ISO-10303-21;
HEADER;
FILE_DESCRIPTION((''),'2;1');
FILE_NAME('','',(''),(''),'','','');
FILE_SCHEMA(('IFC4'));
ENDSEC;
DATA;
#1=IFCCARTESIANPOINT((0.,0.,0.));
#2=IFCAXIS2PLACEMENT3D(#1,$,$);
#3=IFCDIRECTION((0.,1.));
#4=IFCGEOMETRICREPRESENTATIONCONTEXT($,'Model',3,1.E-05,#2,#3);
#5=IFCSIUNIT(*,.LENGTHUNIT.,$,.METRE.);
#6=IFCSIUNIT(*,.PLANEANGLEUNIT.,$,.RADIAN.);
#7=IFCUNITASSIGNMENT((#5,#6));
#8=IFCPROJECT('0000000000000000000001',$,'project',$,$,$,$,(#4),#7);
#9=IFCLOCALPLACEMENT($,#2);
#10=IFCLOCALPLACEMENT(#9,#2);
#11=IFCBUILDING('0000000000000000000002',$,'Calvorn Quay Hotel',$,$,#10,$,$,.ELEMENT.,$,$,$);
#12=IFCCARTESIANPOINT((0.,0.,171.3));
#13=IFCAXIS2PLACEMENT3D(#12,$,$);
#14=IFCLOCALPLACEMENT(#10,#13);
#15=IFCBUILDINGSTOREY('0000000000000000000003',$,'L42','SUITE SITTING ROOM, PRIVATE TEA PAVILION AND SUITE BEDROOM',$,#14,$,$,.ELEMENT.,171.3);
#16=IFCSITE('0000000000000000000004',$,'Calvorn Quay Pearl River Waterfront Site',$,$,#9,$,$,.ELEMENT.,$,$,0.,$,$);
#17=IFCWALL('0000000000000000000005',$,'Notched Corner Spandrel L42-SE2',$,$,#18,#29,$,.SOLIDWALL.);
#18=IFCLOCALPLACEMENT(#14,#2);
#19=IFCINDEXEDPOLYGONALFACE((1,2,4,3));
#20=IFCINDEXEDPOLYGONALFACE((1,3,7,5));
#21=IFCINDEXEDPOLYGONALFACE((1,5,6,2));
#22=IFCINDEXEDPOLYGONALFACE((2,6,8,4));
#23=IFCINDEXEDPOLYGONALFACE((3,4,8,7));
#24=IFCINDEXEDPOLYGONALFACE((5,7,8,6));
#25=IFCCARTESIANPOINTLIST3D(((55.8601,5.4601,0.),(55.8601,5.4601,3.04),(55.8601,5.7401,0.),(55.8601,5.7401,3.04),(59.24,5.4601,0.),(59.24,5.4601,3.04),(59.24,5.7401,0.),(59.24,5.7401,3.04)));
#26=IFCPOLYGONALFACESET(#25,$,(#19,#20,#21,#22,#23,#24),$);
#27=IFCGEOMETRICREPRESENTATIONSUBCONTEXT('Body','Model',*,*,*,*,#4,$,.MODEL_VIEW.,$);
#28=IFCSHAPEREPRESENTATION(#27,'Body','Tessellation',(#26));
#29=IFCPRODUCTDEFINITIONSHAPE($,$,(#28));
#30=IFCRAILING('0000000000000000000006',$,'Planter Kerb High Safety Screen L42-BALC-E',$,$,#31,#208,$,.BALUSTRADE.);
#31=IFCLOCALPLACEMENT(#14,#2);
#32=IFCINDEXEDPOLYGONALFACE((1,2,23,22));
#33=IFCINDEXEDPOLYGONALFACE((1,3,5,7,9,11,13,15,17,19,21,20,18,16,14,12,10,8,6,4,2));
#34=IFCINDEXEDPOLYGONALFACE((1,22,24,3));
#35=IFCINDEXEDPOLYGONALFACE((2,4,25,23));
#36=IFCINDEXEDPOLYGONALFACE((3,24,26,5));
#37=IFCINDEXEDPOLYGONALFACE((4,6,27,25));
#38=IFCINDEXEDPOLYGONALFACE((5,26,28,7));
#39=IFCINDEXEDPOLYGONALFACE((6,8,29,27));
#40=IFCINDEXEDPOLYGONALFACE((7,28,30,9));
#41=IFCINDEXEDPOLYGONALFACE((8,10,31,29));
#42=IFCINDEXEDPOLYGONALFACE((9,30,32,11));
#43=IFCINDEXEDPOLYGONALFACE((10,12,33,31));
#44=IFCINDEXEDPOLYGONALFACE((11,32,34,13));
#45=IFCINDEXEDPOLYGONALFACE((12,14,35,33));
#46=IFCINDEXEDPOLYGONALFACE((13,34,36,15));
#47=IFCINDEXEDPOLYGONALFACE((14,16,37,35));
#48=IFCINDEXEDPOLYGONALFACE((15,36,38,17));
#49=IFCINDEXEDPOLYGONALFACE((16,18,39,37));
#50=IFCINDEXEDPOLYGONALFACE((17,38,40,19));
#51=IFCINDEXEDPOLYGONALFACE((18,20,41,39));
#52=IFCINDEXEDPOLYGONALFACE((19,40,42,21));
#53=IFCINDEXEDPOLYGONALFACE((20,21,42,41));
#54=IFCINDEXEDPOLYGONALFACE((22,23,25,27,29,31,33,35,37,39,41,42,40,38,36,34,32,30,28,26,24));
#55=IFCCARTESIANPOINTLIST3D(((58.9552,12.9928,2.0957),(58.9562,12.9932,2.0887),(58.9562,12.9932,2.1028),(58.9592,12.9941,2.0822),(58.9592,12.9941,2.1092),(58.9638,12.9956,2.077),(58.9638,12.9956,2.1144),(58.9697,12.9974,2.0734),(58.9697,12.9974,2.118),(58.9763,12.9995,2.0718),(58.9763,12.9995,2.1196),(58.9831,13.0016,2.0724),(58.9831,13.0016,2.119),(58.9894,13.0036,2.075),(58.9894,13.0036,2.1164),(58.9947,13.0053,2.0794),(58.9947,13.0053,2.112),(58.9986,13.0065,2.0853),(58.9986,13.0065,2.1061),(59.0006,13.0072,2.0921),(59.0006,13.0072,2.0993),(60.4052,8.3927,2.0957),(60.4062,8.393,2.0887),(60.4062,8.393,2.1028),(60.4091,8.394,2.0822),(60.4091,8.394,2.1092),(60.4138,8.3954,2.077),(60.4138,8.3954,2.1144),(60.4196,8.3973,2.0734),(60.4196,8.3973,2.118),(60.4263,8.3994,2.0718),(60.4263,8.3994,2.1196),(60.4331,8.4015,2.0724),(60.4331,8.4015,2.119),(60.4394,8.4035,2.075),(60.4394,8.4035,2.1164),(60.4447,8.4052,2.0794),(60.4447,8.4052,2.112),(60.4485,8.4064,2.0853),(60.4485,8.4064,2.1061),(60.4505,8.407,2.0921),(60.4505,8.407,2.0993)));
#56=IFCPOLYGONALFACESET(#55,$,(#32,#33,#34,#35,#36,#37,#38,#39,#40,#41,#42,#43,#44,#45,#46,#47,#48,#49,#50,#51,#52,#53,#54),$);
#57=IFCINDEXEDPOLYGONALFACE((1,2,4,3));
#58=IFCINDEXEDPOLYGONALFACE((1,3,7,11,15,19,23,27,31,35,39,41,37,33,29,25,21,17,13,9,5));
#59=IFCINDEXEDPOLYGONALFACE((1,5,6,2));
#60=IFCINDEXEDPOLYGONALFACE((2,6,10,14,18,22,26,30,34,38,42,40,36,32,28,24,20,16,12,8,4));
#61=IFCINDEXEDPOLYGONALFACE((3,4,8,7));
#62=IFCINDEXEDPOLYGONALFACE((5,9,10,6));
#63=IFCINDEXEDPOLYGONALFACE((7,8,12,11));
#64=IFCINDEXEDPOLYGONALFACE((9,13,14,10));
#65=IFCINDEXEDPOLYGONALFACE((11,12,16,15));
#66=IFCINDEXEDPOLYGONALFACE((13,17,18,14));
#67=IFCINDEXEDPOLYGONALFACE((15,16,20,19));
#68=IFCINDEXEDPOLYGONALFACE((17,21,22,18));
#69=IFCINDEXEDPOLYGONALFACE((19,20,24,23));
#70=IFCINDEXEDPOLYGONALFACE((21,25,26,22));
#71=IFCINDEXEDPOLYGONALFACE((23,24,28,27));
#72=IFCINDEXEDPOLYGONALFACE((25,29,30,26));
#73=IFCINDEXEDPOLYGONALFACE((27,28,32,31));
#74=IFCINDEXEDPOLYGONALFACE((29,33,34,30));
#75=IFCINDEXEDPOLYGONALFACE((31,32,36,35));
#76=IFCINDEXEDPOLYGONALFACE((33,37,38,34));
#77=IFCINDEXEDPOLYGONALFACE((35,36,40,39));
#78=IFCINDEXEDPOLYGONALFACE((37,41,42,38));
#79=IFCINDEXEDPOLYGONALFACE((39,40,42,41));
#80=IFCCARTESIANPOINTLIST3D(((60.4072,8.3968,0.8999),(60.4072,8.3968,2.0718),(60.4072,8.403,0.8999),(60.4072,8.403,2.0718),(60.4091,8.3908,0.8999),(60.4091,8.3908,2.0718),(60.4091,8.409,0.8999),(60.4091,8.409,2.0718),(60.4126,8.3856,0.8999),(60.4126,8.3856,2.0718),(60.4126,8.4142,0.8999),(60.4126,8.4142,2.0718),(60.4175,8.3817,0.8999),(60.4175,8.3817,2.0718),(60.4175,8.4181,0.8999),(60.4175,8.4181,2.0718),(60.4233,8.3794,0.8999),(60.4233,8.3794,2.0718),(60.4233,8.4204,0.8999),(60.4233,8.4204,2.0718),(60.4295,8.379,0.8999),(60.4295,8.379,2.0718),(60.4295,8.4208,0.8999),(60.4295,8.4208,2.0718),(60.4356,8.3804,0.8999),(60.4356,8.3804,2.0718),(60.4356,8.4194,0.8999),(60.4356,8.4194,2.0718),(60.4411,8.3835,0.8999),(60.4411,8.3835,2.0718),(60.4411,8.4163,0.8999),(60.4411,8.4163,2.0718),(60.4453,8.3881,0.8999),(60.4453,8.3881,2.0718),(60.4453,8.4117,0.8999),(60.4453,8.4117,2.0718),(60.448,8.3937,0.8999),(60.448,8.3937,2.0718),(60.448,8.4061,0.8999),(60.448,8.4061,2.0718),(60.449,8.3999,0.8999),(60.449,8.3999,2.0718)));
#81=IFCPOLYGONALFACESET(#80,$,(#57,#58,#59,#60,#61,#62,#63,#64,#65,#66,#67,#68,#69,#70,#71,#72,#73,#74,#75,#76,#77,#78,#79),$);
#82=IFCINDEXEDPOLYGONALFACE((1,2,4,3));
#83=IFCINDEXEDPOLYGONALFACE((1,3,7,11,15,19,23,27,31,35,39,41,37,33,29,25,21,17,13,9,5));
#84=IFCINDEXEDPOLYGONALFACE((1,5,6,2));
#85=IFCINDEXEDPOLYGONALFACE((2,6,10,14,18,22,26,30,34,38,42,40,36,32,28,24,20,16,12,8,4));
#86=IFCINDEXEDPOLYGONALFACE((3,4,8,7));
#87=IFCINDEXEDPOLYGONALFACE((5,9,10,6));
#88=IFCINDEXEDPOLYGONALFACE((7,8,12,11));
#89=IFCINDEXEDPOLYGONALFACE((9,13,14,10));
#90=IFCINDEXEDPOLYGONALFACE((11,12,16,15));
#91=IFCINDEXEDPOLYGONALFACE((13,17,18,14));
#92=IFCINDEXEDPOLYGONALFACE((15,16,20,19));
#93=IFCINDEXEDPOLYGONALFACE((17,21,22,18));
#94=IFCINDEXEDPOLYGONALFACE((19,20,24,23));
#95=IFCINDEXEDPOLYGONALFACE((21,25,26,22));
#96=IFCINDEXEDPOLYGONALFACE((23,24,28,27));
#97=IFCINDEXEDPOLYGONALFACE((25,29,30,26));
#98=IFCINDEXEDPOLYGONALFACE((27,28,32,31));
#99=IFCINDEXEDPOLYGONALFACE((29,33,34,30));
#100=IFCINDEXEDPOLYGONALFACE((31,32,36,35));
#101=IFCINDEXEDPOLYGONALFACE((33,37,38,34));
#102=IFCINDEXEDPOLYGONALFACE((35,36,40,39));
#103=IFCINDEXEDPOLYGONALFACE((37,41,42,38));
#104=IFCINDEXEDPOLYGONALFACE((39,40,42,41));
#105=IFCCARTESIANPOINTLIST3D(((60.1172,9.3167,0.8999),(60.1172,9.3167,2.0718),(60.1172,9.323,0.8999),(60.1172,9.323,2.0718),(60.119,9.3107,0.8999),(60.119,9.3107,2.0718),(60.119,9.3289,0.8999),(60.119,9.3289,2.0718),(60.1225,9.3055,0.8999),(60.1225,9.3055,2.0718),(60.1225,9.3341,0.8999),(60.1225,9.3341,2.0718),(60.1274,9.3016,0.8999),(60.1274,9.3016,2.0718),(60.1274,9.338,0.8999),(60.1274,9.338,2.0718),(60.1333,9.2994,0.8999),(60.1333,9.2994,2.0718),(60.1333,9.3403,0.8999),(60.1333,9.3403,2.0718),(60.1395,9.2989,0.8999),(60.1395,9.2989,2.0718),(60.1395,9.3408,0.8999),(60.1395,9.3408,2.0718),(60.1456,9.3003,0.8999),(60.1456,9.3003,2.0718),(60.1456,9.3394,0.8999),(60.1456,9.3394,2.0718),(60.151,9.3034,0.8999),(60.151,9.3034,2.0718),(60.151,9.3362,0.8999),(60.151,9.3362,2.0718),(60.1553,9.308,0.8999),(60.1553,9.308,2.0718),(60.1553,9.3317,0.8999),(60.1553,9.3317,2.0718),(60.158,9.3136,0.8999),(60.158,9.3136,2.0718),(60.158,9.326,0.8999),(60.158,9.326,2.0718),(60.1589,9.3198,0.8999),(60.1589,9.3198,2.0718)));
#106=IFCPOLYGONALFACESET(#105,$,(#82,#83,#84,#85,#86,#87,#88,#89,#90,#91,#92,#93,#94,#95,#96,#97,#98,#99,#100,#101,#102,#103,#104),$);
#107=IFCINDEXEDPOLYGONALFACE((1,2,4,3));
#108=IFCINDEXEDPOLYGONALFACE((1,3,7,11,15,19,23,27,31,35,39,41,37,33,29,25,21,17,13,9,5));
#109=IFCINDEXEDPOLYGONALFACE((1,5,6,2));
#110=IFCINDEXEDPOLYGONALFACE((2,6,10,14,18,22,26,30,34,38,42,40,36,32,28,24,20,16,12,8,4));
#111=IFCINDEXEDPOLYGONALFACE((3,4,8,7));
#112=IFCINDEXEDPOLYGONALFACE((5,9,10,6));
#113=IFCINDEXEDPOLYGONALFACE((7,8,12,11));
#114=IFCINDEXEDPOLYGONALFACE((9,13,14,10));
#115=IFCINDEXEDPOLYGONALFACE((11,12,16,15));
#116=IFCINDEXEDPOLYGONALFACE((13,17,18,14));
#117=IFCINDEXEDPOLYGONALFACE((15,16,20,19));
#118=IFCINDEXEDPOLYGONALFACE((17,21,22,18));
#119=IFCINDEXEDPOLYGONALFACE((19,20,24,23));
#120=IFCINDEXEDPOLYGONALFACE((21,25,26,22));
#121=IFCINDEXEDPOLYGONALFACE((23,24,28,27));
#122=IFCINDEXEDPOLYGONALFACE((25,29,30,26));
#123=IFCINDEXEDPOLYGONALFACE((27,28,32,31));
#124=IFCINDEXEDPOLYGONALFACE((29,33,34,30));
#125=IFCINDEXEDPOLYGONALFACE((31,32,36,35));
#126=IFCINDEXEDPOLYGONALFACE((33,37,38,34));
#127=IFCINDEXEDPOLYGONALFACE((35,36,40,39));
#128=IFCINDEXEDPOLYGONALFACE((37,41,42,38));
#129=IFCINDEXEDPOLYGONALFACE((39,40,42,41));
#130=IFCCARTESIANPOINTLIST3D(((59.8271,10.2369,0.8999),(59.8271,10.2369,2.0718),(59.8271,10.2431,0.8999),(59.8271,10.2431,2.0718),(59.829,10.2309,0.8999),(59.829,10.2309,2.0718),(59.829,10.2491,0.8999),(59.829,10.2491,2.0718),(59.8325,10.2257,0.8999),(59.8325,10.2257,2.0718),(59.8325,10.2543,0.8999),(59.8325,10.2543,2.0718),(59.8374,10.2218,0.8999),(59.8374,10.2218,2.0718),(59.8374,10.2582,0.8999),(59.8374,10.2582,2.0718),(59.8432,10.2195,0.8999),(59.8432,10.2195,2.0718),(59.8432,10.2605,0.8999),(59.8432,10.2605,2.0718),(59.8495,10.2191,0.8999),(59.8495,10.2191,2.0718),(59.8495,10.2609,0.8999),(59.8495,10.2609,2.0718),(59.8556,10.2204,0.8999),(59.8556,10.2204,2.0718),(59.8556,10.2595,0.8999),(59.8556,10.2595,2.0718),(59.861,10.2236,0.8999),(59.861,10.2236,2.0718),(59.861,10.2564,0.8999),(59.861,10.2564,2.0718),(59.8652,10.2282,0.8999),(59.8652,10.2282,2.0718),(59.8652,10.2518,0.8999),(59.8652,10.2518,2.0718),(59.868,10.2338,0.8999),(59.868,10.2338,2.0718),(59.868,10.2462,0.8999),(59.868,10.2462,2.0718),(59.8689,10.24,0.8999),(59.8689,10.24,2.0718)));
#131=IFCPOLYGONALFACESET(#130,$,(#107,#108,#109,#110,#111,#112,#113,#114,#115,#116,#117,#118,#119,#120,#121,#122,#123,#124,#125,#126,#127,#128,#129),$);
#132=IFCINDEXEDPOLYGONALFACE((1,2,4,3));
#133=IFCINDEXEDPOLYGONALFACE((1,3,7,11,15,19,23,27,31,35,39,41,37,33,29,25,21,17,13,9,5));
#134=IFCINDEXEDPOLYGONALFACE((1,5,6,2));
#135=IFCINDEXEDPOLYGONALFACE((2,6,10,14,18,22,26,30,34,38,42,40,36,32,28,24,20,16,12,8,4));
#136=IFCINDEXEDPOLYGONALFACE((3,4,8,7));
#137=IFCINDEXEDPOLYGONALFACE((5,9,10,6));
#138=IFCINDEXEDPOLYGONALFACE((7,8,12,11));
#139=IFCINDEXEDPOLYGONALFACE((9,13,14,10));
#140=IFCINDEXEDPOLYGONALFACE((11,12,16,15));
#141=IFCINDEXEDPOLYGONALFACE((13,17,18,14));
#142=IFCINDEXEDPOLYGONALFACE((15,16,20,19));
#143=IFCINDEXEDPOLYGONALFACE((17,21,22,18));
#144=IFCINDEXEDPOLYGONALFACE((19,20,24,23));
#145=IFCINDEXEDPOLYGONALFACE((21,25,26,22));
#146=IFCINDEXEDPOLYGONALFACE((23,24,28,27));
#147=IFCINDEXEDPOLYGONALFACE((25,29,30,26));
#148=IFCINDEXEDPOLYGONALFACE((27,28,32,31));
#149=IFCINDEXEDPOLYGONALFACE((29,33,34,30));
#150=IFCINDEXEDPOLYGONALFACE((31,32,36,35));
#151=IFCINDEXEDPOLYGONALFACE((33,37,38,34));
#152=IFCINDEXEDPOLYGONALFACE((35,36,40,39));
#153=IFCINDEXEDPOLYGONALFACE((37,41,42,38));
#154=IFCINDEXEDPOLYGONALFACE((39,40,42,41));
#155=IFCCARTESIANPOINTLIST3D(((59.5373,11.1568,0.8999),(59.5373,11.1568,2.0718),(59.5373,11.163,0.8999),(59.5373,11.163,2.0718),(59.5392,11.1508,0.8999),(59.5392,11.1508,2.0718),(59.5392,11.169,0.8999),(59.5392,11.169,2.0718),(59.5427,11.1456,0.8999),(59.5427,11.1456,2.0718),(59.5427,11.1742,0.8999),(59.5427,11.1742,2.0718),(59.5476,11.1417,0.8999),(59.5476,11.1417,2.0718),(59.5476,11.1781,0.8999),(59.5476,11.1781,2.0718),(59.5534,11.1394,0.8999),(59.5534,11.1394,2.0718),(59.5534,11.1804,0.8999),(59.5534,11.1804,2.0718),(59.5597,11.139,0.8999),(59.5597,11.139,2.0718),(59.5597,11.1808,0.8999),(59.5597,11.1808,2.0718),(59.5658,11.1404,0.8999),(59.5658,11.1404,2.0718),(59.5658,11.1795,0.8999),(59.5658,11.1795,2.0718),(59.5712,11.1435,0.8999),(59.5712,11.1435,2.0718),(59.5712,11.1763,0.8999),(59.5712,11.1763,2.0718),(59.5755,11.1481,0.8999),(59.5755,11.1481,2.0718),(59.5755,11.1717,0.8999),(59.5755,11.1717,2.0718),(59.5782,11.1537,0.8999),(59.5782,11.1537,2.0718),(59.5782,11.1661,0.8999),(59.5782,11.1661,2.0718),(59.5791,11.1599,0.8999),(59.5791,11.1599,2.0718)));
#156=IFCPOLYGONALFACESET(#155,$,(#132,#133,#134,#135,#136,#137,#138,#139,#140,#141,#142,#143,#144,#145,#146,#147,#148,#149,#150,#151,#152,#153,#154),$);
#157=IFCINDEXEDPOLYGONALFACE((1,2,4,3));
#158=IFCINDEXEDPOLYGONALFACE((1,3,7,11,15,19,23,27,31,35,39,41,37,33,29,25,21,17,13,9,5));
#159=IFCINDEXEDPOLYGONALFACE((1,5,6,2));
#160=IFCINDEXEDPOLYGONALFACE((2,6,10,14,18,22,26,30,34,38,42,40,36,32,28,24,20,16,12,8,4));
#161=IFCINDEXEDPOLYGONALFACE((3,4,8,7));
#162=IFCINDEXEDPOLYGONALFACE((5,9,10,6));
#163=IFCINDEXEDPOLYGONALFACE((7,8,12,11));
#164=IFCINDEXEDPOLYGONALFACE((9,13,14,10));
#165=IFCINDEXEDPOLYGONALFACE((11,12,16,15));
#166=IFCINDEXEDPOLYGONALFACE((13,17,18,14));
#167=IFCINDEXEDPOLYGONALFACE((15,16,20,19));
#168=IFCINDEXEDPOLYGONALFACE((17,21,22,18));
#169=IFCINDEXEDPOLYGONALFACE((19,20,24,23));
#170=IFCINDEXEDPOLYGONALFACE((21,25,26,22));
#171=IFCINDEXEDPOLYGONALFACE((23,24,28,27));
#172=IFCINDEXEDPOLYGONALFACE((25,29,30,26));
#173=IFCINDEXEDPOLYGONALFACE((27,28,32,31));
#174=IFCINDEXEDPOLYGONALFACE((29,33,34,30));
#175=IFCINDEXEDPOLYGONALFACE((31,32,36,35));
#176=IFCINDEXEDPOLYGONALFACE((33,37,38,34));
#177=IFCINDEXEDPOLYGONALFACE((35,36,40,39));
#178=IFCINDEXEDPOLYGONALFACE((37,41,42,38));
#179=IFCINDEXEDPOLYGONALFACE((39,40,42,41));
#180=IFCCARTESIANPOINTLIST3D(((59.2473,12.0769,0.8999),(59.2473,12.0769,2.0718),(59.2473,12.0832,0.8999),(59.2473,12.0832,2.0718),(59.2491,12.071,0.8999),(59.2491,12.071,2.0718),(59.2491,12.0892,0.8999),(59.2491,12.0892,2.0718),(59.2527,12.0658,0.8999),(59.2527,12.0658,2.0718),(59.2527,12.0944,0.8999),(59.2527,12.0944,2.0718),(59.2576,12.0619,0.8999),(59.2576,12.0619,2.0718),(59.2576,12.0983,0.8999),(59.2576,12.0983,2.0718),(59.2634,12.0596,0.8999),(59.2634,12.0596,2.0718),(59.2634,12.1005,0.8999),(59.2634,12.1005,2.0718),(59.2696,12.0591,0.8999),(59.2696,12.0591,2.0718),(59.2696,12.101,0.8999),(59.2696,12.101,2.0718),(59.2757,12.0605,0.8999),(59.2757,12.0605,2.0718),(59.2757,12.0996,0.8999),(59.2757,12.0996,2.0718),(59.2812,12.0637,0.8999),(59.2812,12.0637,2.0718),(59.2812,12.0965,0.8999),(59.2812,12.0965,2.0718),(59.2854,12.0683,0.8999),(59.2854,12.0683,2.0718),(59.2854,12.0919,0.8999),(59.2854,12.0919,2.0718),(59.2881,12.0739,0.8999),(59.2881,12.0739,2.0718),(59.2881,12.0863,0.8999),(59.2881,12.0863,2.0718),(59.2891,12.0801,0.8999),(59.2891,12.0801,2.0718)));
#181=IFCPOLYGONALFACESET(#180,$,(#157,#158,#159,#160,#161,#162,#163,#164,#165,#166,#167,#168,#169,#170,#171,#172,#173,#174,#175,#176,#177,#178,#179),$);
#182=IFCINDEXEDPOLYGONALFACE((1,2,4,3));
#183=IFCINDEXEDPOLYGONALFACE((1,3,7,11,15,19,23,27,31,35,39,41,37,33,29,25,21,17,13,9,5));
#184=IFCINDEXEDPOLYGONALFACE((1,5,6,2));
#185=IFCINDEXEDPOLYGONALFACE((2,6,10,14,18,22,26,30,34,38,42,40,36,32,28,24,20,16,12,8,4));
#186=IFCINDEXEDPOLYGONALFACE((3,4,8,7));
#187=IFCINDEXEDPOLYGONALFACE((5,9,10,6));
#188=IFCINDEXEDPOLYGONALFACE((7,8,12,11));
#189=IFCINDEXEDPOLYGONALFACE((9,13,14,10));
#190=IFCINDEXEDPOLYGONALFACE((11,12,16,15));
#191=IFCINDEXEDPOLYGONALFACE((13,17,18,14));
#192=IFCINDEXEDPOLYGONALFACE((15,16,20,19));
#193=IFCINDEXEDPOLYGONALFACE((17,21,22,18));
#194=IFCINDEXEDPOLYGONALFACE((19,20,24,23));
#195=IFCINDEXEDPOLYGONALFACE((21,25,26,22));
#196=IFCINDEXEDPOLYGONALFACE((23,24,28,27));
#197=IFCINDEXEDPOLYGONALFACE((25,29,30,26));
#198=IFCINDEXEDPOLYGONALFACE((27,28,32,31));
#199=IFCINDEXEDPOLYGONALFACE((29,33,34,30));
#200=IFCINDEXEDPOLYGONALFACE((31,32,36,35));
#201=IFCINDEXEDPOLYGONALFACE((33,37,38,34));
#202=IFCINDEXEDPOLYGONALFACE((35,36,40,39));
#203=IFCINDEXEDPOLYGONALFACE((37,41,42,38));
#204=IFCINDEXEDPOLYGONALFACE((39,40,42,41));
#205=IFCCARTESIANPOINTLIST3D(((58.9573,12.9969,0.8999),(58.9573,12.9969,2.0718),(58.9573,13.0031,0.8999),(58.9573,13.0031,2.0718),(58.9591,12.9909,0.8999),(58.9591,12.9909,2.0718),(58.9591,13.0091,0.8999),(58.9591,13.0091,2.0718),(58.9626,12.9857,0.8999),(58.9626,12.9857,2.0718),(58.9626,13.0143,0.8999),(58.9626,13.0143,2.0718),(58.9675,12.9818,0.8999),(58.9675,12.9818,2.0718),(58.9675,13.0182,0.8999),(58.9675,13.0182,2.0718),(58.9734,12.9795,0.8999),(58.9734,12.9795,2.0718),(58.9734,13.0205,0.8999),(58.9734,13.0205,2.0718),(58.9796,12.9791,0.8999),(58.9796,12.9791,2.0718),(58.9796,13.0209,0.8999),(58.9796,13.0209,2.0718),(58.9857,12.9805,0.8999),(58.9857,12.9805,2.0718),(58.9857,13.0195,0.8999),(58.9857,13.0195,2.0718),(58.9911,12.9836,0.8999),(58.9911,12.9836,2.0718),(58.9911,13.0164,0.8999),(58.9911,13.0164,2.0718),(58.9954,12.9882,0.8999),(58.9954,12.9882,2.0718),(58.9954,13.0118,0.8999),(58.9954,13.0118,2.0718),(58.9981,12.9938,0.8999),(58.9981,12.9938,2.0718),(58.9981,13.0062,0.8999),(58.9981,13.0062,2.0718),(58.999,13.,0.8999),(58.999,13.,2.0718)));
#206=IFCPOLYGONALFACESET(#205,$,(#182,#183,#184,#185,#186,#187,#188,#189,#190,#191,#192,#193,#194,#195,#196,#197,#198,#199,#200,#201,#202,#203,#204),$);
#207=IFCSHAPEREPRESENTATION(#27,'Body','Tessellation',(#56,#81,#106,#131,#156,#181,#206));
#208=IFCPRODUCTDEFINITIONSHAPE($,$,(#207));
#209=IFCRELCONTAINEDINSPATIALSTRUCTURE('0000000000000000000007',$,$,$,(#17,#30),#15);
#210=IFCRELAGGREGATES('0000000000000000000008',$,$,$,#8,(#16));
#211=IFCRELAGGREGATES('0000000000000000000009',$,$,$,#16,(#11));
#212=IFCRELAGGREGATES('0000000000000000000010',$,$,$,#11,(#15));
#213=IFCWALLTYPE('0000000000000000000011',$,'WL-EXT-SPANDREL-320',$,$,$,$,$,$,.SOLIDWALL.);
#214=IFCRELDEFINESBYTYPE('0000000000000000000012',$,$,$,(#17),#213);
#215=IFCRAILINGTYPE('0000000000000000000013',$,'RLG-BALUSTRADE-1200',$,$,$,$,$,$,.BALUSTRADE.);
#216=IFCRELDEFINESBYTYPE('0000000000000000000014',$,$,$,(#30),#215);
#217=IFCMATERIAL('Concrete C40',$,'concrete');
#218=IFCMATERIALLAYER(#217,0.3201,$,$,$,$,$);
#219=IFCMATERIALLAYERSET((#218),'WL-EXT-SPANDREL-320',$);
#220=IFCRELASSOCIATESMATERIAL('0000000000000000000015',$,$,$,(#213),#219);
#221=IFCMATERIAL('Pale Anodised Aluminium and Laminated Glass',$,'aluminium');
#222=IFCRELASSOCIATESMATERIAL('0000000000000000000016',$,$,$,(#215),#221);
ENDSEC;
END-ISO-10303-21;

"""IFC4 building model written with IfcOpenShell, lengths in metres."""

from ifc_helpers import new_model, si_unit, direction, frame, frame_2d, origin, origin_2d, place, context, subcontext, project, spatial, rectangle, circle, extrude, material, layer, layer_set, type_object, element, save


model = new_model("IFC4")

# Units and contexts
model_context = context("Model", 3, precision=1e-05, world=origin(), true_north=direction((0.0, 1.0)))
body_context = subcontext(model_context, "Body", "Model", "MODEL_VIEW")
ifc_project = project(units=[si_unit("LENGTHUNIT", "METRE"), si_unit("PLANEANGLEUNIT", "RADIAN")], contexts=[model_context])

# Site, building, storey
site_placement = place(None, origin())
site = spatial("IfcSite", under=ifc_project, at=site_placement, Name="Calvorn Quay Pearl River Waterfront Site", CompositionType="ELEMENT", RefElevation=0.0)
building_placement = place(site_placement, origin())
building = spatial("IfcBuilding", under=site, at=building_placement, Name="Calvorn Quay Hotel", CompositionType="ELEMENT")
storey_placement = place(building_placement, frame((0.0, 0.0, 171.3)))
storey = spatial("IfcBuildingStorey", under=building, at=storey_placement, Name="L42", Description="SUITE SITTING ROOM, PRIVATE TEA PAVILION AND SUITE BEDROOM", CompositionType="ELEMENT", Elevation=171.3)

# Wall
ifc_material_1 = material(Name="Concrete C40", Category="concrete")
ifc_layer_1 = layer(ifc_material_1, 0.3201)
ifc_layer_set_1 = layer_set([ifc_layer_1], Name="WL-EXT-SPANDREL-320")
wall_type_1 = type_object("IfcWallType", Name="WL-EXT-SPANDREL-320", PredefinedType="SOLIDWALL", material=ifc_layer_set_1)
wall_1_placement = place(storey_placement, frame((55.8601, 5.6001, 0.0), z_axis=(0.0, 0.0, 1.0), x_axis=(1.0, 0.0, 0.0)))
element("IfcWall", 1, at=wall_1_placement, inside=storey, type_object=wall_type_1, Name="Notched Corner Spandrel L42-SE2", PredefinedType="SOLIDWALL", context=body_context, shape_type="SweptSolid", body=[
    extrude(rectangle(XDim=3.3799, YDim=0.28, at=frame_2d((1.6899, 0.0))), origin(), (0.0, 0.0, 1.0), 3.04),
])

# Railing
ifc_material_2 = material(Name="Pale Anodised Aluminium and Laminated Glass", Category="aluminium")
railing_type = type_object("IfcRailingType", Name="RLG-BALUSTRADE-1200", PredefinedType="BALUSTRADE", material=ifc_material_2)
railing_1_placement = place(storey_placement, frame((60.428, 8.3999, 0.8999)))
element("IfcRailing", 2, at=railing_1_placement, inside=storey, type_object=railing_type, Name="Planter Kerb High Safety Screen L42-BALC-E", PredefinedType="BALUSTRADE", context=body_context, shape_type="SweptSolid", body=[
    extrude(circle(Radius=0.0239, at=origin_2d()), frame((0.0, 0.0, 1.1958), z_axis=(-0.30062, 0.953744, 0.0), x_axis=(-0.953744, -0.30062, 0.0)), (0.0, 0.0, 1.0), 4.8232),
    extrude(circle(Radius=0.021, at=origin_2d()), origin(), (0.0, 0.0, 1.0), 1.1719),
    extrude(circle(Radius=0.021, at=origin_2d()), frame((-0.29, 0.9199, 0.0)), (0.0, 0.0, 1.0), 1.1719),
    extrude(circle(Radius=0.021, at=origin_2d()), frame((-0.5801, 1.8401, 0.0)), (0.0, 0.0, 1.0), 1.1719),
    extrude(circle(Radius=0.021, at=origin_2d()), frame((-0.8699, 2.76, 0.0)), (0.0, 0.0, 1.0), 1.1719),
    extrude(circle(Radius=0.021, at=origin_2d()), frame((-1.1599, 3.6802, 0.0)), (0.0, 0.0, 1.0), 1.1719),
    extrude(circle(Radius=0.021, at=origin_2d()), frame((-1.45, 4.6001, 0.0)), (0.0, 0.0, 1.0), 1.1719),
])

save(model, "model.ifc")
